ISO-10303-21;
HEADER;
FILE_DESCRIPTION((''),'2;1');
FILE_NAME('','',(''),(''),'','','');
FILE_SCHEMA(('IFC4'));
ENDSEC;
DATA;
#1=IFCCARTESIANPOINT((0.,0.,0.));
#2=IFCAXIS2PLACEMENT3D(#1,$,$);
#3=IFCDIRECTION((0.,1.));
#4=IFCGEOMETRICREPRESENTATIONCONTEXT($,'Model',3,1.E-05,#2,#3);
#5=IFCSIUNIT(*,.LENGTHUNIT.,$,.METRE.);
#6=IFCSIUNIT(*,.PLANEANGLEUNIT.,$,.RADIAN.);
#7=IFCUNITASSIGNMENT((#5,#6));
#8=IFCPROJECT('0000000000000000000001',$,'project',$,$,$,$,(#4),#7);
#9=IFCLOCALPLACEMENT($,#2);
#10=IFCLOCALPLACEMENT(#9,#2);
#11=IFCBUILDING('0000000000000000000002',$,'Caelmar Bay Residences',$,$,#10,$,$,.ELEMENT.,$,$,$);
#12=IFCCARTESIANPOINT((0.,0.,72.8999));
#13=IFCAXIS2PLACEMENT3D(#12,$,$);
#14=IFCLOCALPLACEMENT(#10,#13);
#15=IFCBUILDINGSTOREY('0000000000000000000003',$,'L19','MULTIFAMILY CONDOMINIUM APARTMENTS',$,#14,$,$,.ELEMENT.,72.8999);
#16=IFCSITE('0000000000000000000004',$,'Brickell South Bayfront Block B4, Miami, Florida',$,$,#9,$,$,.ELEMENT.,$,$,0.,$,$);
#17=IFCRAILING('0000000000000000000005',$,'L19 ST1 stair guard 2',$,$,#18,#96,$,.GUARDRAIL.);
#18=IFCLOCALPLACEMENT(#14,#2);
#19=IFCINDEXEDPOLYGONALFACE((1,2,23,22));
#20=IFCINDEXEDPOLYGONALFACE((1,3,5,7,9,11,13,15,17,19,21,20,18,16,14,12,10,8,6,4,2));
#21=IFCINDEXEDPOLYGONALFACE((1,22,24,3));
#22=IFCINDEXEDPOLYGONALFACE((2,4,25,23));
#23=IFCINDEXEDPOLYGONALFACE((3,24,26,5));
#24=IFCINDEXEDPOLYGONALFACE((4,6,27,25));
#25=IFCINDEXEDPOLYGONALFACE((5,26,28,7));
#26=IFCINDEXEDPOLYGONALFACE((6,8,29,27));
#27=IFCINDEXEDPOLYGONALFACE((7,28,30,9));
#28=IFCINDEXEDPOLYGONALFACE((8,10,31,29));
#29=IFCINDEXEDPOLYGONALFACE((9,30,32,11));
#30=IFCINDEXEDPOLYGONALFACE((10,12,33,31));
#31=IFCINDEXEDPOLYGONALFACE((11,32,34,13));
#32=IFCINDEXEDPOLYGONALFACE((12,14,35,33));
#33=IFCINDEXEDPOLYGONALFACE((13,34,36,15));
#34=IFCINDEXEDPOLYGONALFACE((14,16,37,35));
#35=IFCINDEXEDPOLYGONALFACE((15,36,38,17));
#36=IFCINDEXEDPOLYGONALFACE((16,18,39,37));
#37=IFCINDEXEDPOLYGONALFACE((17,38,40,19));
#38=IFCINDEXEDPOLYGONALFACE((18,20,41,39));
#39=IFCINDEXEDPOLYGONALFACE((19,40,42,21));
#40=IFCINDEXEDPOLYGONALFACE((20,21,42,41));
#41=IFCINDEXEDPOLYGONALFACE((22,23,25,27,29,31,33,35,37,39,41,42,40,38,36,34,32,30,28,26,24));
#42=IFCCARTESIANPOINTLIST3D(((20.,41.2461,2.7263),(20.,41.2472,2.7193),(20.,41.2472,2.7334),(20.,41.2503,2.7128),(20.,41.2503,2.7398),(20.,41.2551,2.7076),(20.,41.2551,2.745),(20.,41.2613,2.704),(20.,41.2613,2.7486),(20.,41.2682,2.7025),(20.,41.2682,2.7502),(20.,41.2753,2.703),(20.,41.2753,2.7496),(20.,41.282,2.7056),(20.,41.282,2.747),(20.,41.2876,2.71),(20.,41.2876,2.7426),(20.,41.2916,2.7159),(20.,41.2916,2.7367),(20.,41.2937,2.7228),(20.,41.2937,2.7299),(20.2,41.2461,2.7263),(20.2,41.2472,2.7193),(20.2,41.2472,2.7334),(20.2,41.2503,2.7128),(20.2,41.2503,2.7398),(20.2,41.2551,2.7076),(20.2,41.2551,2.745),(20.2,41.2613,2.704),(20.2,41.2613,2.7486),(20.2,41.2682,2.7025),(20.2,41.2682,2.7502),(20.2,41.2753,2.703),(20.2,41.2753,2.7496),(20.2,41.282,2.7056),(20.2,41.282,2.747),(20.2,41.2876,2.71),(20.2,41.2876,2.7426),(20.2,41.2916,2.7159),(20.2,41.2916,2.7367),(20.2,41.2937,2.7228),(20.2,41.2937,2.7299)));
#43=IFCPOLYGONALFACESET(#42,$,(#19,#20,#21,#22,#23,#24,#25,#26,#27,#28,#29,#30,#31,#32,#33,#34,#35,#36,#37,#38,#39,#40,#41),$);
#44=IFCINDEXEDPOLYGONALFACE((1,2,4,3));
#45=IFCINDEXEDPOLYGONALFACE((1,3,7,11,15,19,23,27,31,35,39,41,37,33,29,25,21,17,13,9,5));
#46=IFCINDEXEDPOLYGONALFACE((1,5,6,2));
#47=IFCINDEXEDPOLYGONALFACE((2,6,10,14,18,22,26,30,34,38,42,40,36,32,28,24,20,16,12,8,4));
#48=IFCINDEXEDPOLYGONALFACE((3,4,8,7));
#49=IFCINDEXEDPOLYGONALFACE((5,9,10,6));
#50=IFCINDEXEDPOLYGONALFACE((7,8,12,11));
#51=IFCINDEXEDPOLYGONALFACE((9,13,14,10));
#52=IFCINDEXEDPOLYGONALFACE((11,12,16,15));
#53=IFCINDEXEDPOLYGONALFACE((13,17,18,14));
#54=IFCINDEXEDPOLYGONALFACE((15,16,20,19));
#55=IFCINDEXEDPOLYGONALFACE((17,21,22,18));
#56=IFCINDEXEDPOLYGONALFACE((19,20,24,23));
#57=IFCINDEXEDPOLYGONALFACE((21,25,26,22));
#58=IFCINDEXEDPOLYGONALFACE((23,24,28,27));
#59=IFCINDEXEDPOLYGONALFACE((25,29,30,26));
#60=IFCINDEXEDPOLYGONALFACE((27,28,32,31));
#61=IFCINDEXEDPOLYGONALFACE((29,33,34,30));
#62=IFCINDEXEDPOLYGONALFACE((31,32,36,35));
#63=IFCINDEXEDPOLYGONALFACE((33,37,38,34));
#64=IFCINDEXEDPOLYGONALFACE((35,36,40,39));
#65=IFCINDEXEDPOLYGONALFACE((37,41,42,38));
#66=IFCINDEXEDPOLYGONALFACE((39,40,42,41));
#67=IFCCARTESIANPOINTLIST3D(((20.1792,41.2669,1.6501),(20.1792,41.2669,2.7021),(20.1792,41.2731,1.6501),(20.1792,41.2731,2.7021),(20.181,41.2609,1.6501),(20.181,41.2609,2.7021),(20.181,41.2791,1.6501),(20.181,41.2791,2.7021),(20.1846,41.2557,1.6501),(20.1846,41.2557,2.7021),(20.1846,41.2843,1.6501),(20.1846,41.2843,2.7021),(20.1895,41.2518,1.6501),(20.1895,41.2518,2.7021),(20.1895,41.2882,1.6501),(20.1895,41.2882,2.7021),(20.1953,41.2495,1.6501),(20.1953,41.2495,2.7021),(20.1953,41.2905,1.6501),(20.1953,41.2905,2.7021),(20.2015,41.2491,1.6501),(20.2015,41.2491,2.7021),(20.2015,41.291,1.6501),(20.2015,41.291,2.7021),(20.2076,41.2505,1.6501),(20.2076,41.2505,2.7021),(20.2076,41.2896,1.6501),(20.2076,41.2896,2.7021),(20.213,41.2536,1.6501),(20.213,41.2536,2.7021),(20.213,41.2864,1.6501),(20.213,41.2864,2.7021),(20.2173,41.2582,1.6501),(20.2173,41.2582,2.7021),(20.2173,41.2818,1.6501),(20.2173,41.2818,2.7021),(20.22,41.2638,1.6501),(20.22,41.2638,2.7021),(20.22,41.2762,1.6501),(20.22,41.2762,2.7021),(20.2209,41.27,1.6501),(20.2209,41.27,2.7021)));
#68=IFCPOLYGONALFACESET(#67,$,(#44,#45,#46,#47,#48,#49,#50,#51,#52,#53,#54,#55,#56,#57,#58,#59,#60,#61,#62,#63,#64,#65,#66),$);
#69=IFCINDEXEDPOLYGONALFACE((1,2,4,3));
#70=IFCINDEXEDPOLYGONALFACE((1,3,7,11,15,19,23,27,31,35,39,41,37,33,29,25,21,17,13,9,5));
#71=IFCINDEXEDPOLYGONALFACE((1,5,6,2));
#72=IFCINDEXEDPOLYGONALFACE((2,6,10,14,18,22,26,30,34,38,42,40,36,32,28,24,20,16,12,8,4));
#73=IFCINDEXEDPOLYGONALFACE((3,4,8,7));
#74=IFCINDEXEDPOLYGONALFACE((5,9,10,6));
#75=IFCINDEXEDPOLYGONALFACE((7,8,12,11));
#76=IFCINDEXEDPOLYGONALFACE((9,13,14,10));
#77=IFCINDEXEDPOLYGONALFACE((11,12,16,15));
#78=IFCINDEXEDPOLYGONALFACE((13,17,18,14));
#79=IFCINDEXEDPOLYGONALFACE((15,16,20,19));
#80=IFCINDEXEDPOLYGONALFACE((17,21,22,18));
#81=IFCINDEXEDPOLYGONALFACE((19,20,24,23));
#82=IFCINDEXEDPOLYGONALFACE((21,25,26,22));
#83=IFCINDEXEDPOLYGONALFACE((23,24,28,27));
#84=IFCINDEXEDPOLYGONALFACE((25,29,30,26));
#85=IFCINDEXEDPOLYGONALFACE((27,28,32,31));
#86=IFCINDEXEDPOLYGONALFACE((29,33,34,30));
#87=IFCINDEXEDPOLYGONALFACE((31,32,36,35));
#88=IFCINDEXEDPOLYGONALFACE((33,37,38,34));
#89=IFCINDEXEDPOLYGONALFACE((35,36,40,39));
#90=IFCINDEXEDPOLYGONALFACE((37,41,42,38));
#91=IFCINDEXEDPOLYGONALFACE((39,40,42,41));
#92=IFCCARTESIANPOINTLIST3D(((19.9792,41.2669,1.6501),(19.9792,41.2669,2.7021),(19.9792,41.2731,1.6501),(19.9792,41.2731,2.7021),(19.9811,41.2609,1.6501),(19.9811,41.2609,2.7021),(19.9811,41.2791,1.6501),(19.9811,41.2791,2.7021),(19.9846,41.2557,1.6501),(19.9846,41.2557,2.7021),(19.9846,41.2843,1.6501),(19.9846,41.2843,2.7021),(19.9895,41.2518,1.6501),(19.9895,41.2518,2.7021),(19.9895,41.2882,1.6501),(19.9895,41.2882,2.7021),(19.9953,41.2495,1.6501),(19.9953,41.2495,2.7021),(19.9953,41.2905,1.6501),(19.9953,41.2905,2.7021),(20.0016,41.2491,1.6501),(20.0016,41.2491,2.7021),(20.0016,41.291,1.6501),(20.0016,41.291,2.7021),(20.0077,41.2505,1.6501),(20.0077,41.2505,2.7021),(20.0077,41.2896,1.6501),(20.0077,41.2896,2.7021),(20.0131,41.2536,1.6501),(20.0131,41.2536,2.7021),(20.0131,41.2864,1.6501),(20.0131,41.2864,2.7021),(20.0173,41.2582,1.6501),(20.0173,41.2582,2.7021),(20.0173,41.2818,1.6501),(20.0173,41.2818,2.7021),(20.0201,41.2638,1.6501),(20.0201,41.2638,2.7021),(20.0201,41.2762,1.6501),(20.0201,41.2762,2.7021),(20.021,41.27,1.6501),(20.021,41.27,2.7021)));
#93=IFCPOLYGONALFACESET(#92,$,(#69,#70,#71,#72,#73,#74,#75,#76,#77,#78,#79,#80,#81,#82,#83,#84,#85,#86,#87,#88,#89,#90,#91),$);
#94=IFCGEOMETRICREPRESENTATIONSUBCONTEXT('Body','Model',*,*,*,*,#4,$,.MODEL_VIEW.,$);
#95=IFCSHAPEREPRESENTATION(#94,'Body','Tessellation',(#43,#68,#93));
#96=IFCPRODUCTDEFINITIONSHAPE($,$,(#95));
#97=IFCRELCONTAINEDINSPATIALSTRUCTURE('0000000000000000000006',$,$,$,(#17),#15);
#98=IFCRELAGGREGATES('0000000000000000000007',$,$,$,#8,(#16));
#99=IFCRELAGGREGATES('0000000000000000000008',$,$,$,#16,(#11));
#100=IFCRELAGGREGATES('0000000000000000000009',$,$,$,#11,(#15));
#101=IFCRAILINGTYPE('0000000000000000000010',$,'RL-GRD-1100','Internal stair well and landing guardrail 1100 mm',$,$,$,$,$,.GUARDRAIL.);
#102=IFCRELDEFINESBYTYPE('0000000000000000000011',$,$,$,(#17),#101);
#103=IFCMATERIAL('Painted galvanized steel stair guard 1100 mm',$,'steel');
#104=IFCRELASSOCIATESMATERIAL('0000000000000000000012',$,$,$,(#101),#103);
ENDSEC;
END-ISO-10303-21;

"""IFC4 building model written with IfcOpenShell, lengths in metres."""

from ifc_helpers import new_model, si_unit, direction, frame, origin, origin_2d, place, context, subcontext, project, spatial, circle, extrude, material, type_object, element, save


model = new_model("IFC4")

# Units and contexts
model_context = context("Model", 3, precision=1e-05, world=origin(), true_north=direction((0.0, 1.0)))
body_context = subcontext(model_context, "Body", "Model", "MODEL_VIEW")
ifc_project = project(units=[si_unit("LENGTHUNIT", "METRE"), si_unit("PLANEANGLEUNIT", "RADIAN")], contexts=[model_context])

# Site, building, storey
site_placement = place(None, origin())
site = spatial("IfcSite", under=ifc_project, at=site_placement, Name="Brickell South Bayfront Block B4, Miami, Florida", CompositionType="ELEMENT", RefElevation=0.0)
building_placement = place(site_placement, origin())
building = spatial("IfcBuilding", under=site, at=building_placement, Name="Caelmar Bay Residences", CompositionType="ELEMENT")
storey_placement = place(building_placement, frame((0.0, 0.0, 72.8999)))
storey = spatial("IfcBuildingStorey", under=building, at=storey_placement, Name="L19", Description="MULTIFAMILY CONDOMINIUM APARTMENTS", CompositionType="ELEMENT", Elevation=72.8999)

# Railing
ifc_material_1 = material(Name="Painted galvanized steel stair guard 1100 mm", Category="steel")
railing_type_1 = type_object("IfcRailingType", Name="RL-GRD-1100", Description="Internal stair well and landing guardrail 1100 mm", PredefinedType="GUARDRAIL", material=ifc_material_1)
railing_1_placement = place(storey_placement, frame((20.2, 41.27, 1.6501)))
element("IfcRailing", 1, at=railing_1_placement, inside=storey, type_object=railing_type_1, Name="L19 ST1 stair guard 2", PredefinedType="GUARDRAIL", context=body_context, shape_type="SweptSolid", body=[
    extrude(circle(Radius=0.0239, at=origin_2d()), frame((0.0, 0.0, 1.0762), z_axis=(-1.0, 0.0, 0.0), x_axis=(0.0, -1.0, 0.0)), (0.0, 0.0, 1.0), 0.2),
    extrude(circle(Radius=0.021, at=origin_2d()), origin(), (0.0, 0.0, 1.0), 1.052),
    extrude(circle(Radius=0.021, at=origin_2d()), frame((-0.2, 0.0, 0.0)), (0.0, 0.0, 1.0), 1.052),
])

save(model, "model.ifc")
